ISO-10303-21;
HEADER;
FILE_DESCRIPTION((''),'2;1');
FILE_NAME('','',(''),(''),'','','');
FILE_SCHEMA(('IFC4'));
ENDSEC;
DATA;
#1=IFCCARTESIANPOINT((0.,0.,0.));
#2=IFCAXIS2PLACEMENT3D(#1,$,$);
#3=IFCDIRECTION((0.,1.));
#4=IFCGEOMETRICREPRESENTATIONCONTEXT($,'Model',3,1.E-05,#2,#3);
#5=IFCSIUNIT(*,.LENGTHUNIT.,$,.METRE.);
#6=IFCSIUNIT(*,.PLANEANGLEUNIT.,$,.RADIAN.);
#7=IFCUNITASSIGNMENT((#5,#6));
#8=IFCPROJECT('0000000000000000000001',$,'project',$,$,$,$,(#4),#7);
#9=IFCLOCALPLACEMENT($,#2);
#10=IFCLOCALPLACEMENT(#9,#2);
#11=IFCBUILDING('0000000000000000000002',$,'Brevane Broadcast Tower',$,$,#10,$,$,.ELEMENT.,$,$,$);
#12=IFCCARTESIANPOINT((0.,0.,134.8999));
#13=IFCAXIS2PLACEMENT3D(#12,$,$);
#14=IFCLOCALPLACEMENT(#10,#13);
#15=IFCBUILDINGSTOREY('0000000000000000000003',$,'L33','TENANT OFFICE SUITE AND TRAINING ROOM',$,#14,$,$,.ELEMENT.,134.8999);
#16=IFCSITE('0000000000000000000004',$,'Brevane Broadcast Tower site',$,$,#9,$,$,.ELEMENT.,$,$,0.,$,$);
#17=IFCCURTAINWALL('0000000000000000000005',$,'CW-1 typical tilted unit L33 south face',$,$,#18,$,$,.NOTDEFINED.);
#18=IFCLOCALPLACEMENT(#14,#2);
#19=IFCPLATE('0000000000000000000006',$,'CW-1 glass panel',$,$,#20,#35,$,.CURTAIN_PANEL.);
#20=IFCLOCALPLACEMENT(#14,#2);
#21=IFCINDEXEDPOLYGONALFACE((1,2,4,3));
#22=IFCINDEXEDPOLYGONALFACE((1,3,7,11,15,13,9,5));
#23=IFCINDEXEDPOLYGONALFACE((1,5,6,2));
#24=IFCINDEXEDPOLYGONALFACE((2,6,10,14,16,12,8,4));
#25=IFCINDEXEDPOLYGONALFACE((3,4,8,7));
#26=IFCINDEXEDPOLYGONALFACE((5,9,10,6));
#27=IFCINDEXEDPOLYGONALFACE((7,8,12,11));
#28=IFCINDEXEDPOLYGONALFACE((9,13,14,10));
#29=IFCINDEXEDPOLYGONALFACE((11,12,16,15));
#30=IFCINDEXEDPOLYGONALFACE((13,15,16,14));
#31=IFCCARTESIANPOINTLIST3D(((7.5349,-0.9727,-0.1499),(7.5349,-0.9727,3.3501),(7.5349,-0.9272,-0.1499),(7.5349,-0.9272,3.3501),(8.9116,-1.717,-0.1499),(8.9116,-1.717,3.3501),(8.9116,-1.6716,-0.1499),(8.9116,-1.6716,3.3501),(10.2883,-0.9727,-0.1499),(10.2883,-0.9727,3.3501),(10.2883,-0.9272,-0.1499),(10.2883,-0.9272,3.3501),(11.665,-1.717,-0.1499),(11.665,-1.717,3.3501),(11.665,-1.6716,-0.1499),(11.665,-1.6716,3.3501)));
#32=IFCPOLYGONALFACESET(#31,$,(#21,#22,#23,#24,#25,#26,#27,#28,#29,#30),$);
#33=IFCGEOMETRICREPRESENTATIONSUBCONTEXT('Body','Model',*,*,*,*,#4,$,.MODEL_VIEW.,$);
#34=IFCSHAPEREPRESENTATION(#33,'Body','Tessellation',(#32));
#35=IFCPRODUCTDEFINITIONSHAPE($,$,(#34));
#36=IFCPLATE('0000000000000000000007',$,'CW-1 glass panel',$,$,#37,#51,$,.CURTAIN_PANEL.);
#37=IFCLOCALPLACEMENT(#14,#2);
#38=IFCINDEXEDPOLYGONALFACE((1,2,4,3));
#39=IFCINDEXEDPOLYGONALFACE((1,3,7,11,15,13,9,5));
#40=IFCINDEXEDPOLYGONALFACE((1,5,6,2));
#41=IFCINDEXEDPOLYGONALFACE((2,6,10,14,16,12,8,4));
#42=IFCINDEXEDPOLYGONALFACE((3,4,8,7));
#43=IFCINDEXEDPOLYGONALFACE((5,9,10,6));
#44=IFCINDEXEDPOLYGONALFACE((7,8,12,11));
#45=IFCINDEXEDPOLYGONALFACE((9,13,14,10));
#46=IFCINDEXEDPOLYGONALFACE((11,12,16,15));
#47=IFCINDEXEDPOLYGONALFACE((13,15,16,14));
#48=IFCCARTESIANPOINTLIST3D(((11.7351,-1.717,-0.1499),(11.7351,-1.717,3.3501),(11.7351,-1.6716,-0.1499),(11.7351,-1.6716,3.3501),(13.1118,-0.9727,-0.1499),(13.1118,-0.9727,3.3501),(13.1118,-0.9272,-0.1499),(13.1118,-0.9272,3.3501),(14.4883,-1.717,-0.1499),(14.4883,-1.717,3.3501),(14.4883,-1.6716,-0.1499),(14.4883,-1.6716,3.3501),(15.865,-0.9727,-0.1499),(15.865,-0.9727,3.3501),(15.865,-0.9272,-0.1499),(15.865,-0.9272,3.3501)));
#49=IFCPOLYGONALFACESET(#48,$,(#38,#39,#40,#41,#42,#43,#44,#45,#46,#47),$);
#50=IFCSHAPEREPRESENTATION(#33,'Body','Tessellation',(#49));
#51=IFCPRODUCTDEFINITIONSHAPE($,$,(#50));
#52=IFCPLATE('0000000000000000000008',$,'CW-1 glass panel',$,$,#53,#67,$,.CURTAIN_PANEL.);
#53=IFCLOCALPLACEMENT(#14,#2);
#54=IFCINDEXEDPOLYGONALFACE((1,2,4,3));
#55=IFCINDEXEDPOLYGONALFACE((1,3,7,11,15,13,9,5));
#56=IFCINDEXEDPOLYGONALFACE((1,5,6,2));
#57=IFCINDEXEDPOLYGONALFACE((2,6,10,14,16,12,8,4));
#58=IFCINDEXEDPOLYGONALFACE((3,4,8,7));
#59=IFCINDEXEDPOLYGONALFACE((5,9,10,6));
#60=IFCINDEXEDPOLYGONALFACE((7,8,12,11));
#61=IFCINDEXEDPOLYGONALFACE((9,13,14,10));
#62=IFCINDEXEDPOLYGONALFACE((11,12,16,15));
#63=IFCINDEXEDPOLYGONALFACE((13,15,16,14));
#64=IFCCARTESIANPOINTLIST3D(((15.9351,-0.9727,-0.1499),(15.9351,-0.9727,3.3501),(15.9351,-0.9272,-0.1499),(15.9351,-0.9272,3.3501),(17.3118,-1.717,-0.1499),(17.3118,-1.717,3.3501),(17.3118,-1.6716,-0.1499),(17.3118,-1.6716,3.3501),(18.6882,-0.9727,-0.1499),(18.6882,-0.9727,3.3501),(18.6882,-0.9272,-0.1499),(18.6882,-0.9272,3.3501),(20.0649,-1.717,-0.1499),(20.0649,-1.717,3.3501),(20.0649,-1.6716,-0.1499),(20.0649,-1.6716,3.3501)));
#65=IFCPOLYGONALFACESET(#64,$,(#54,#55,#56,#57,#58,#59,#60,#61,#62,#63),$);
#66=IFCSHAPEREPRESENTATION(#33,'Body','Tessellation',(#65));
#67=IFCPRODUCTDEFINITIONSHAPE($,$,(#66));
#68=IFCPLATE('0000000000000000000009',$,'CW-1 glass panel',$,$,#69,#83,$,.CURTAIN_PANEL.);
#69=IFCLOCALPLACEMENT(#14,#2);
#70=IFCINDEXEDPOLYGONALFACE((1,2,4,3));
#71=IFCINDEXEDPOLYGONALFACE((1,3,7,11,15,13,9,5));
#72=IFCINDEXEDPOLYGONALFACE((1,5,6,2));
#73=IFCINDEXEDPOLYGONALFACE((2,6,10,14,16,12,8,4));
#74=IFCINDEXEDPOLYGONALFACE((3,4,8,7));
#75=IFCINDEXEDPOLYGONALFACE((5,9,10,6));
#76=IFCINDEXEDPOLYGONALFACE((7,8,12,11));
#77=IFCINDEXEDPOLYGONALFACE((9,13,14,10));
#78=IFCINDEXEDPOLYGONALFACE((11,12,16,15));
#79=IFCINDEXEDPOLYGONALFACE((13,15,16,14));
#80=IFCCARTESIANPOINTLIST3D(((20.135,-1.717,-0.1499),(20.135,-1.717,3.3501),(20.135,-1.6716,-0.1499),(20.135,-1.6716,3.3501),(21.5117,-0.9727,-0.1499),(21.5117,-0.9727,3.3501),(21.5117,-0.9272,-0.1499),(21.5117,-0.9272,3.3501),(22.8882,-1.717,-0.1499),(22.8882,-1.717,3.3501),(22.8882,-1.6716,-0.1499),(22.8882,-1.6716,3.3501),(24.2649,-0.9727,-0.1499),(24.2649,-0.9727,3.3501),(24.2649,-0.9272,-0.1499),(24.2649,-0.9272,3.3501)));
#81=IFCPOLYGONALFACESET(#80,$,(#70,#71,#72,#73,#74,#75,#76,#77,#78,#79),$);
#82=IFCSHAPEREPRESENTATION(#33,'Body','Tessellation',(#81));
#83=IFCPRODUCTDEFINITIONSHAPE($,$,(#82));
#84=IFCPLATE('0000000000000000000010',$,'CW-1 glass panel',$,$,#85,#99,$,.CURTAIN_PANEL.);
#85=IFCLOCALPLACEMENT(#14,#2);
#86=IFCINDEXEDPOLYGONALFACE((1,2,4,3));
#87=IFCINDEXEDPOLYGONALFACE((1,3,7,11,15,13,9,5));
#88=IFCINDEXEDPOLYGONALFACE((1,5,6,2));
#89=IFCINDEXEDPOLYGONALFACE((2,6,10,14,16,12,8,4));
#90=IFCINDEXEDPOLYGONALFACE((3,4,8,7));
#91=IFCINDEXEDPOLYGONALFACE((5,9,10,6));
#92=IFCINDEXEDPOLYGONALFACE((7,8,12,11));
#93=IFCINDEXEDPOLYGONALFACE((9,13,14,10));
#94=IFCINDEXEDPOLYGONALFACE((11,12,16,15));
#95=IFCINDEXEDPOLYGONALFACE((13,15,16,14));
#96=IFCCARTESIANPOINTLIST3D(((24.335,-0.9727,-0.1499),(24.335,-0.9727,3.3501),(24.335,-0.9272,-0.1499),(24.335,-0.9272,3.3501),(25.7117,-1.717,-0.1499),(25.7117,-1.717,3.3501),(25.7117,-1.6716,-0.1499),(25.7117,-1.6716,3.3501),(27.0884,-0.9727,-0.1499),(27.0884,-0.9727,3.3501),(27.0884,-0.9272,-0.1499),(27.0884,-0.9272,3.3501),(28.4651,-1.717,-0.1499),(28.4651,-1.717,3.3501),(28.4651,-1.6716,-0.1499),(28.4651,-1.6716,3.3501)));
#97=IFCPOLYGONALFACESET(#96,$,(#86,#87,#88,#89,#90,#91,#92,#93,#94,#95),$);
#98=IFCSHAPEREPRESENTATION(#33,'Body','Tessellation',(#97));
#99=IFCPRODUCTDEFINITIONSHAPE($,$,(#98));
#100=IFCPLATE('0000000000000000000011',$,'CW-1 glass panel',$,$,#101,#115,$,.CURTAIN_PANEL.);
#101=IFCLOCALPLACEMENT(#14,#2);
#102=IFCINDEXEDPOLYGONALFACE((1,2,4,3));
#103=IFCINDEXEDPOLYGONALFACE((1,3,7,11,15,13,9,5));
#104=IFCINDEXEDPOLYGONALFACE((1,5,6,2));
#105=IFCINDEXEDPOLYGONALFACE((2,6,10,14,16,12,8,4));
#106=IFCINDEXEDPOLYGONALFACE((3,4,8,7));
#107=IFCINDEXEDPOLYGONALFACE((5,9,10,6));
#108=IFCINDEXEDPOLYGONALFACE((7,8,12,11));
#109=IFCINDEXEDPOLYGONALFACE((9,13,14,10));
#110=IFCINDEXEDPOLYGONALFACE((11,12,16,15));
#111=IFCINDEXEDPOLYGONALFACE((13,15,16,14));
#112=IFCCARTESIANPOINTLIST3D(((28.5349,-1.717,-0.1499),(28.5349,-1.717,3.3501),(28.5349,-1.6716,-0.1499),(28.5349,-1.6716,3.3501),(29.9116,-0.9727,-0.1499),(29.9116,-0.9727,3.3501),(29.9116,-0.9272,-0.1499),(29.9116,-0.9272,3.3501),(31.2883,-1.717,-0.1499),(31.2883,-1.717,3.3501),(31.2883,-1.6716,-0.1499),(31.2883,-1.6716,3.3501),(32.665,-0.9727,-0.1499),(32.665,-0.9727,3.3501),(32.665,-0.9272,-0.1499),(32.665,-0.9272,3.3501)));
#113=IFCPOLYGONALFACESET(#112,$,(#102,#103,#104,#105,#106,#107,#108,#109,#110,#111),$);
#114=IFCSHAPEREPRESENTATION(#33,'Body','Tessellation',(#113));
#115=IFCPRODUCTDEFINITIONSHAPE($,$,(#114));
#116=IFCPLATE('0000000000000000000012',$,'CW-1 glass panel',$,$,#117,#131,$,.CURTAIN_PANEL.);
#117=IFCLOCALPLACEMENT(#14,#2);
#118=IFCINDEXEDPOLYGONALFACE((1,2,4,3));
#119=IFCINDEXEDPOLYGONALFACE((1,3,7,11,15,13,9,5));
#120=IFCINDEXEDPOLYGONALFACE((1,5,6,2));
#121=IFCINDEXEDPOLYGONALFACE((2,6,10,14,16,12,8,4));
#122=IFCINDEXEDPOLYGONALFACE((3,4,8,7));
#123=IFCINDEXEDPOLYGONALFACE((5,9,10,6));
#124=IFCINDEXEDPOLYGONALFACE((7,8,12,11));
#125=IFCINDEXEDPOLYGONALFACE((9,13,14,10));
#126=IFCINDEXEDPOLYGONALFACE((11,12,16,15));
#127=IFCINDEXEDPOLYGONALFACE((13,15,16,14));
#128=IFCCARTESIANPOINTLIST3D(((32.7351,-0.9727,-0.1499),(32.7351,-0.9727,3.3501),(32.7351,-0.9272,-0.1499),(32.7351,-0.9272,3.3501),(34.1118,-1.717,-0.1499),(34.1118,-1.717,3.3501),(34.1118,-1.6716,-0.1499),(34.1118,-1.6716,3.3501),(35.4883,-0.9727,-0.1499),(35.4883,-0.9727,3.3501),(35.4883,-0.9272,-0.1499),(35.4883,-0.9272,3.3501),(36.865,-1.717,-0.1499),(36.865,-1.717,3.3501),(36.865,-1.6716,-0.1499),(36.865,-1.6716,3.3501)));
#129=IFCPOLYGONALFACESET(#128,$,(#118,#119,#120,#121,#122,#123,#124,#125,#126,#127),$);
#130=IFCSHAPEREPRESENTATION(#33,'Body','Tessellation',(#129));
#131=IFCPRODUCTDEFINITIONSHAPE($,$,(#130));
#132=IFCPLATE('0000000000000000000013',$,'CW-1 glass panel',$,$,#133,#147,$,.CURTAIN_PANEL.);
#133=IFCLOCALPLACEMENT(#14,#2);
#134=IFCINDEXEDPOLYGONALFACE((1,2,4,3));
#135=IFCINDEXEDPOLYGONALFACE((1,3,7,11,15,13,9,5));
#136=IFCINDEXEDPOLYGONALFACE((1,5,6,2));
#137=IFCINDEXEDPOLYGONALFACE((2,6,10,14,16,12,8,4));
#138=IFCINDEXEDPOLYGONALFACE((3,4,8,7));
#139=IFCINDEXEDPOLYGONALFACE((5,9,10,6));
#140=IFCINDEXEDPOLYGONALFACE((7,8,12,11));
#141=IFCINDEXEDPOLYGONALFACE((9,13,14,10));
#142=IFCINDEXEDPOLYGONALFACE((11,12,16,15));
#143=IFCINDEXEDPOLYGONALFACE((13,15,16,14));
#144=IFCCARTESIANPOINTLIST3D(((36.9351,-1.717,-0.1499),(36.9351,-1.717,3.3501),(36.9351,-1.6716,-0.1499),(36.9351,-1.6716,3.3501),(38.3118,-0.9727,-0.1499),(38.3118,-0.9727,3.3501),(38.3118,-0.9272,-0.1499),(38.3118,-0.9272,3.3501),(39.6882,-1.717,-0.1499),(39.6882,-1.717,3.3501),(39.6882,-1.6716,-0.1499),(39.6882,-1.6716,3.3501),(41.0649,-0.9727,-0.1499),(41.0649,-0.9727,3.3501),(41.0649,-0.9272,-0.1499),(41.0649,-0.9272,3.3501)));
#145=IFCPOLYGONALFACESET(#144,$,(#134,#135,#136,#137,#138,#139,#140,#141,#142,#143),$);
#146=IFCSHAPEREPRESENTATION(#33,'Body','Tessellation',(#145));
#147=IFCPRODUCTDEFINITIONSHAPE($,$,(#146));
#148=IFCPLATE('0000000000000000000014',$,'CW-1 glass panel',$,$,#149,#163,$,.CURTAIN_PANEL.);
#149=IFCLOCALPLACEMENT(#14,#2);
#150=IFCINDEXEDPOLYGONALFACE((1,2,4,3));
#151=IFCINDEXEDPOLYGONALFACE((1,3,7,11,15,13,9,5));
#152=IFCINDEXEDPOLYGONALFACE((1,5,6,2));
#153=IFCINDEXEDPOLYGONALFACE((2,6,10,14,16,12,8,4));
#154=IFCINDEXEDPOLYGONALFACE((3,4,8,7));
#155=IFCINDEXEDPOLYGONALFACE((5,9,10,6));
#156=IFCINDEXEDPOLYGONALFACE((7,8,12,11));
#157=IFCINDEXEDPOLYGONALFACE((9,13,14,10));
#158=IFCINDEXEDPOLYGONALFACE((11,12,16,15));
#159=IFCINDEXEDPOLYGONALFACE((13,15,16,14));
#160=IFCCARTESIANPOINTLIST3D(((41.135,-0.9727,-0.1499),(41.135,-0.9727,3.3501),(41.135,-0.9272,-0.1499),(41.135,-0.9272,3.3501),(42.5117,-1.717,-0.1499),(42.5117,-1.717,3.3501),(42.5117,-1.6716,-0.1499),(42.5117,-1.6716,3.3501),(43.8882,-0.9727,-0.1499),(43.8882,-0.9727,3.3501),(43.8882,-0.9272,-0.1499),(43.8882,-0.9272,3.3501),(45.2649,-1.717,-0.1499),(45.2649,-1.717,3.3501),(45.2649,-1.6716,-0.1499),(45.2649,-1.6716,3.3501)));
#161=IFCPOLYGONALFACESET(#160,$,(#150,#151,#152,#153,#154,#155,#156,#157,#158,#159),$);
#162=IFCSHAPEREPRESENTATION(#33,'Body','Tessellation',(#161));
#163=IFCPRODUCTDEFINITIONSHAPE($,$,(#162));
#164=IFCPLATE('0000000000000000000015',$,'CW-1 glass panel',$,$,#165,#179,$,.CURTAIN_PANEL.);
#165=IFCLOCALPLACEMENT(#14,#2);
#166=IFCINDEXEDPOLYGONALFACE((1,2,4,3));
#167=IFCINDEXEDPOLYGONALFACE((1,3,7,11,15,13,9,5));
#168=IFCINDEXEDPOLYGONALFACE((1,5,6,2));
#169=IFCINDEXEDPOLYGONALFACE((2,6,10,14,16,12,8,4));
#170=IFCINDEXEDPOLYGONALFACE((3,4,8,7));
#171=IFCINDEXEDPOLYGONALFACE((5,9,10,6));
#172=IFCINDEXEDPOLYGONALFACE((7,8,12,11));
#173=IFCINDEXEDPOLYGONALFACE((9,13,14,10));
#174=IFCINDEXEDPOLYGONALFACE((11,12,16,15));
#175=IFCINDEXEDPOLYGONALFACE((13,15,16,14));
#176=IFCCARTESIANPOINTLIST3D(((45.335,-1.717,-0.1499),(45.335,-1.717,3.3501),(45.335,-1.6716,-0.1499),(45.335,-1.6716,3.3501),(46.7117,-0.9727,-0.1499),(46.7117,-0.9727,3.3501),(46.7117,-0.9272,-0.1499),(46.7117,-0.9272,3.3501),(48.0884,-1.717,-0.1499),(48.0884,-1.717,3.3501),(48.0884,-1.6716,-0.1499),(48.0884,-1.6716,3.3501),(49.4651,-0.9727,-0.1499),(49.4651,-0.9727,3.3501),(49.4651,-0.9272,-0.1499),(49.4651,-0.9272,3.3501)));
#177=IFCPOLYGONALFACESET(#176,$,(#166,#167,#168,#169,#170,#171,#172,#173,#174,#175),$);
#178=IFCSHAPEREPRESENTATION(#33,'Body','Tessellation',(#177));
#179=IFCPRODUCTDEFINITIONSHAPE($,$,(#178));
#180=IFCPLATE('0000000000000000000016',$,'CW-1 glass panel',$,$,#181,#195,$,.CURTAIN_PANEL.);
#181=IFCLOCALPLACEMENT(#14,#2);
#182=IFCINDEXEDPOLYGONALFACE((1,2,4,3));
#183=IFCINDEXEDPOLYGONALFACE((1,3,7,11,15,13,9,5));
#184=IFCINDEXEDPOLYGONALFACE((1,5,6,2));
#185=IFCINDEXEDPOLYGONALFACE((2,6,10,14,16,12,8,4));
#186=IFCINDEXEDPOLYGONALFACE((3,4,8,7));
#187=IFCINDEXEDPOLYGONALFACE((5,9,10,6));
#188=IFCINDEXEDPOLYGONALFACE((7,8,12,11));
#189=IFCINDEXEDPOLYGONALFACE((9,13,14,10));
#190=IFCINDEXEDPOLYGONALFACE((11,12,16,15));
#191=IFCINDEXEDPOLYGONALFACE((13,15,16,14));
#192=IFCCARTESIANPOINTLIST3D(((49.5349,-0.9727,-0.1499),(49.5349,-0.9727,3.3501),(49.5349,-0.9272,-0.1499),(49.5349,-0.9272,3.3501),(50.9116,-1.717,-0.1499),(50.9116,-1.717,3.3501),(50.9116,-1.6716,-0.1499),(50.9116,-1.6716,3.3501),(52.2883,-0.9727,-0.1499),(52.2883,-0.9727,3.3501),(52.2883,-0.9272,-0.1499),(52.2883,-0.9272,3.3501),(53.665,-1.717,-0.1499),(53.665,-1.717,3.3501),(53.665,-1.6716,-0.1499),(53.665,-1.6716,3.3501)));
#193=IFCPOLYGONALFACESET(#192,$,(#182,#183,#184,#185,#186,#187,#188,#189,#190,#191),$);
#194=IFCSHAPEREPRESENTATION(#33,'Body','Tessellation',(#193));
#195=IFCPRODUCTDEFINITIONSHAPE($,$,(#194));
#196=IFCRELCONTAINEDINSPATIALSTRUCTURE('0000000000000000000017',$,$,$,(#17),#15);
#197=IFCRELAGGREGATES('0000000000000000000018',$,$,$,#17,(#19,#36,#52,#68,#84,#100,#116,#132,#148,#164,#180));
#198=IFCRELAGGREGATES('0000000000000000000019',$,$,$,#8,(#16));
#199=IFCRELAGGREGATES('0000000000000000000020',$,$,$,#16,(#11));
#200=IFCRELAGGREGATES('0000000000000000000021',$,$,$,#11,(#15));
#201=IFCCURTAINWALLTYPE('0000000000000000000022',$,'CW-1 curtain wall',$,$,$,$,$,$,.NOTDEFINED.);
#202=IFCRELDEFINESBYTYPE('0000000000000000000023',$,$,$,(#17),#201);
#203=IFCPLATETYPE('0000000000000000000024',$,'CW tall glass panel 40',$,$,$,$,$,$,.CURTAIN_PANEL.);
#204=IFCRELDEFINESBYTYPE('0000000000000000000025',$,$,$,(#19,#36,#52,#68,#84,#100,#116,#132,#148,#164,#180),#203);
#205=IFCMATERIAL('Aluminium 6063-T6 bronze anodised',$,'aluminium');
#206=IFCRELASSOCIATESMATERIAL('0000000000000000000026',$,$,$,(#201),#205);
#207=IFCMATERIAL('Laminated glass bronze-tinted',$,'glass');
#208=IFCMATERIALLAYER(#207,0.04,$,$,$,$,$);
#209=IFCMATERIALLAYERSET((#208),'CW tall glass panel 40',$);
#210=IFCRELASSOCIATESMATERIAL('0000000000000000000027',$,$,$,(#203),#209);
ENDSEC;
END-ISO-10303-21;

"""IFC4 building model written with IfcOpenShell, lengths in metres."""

from ifc_helpers import new_model, si_unit, direction, frame, origin, place, context, subcontext, project, spatial, polyline, outline, extrude, material, layer, layer_set, type_object, element, aggregate, save


model = new_model("IFC4")

# Units and contexts
model_context = context("Model", 3, precision=1e-05, world=origin(), true_north=direction((0.0, 1.0)))
body_context = subcontext(model_context, "Body", "Model", "MODEL_VIEW")
ifc_project = project(units=[si_unit("LENGTHUNIT", "METRE"), si_unit("PLANEANGLEUNIT", "RADIAN")], contexts=[model_context])

# Site, building, storey
site_placement = place(None, origin())
site = spatial("IfcSite", under=ifc_project, at=site_placement, Name="Brevane Broadcast Tower site", CompositionType="ELEMENT", RefElevation=0.0)
building_placement = place(site_placement, origin())
building = spatial("IfcBuilding", under=site, at=building_placement, Name="Brevane Broadcast Tower", CompositionType="ELEMENT")
storey_placement = place(building_placement, frame((0.0, 0.0, 134.8999)))
storey = spatial("IfcBuildingStorey", under=building, at=storey_placement, Name="L33", Description="TENANT OFFICE SUITE AND TRAINING ROOM", CompositionType="ELEMENT", Elevation=134.8999)

# Curtain wall, plates
ifc_material_1 = material(Name="Aluminium 6063-T6 bronze anodised", Category="aluminium")
curtain_wall_type = type_object("IfcCurtainWallType", Name="CW-1 curtain wall", PredefinedType="NOTDEFINED", material=ifc_material_1)
curtain_wall_1_placement = place(storey_placement, origin())
curtain_wall_1 = element("IfcCurtainWall", 1, at=curtain_wall_1_placement, inside=storey, type_object=curtain_wall_type, Name="CW-1 typical tilted unit L33 south face", PredefinedType="NOTDEFINED")
ifc_material_2 = material(Name="Laminated glass bronze-tinted", Category="glass")
ifc_layer = layer(ifc_material_2, 0.04)
ifc_layer_set = layer_set([ifc_layer], Name="CW tall glass panel 40")
plate_type = type_object("IfcPlateType", Name="CW tall glass panel 40", PredefinedType="CURTAIN_PANEL", material=ifc_layer_set)
plate_1_placement = place(storey_placement, frame((0.0, 0.0, -0.1499)))
plate_1 = element("IfcPlate", 2, at=plate_1_placement, type_object=plate_type, Name="CW-1 glass panel", PredefinedType="CURTAIN_PANEL", context=body_context, shape_type="SweptSolid", body=[
    extrude(outline(polyline([(7.5349, -0.9272), (7.5349, -0.9727), (8.9116, -1.717), (10.2883, -0.9727), (11.665, -1.717), (11.665, -1.6716), (10.2883, -0.9272), (8.9116, -1.6716), (7.5349, -0.9272)])), origin(), (0.0, 0.0, 1.0), 3.5),
])
plate_2_placement = place(storey_placement, frame((0.0, 0.0, -0.1499)))
plate_2 = element("IfcPlate", 3, at=plate_2_placement, type_object=plate_type, Name="CW-1 glass panel", PredefinedType="CURTAIN_PANEL", context=body_context, shape_type="SweptSolid", body=[
    extrude(outline(polyline([(11.7351, -1.6716), (11.7351, -1.717), (13.1118, -0.9727), (14.4883, -1.717), (15.865, -0.9727), (15.865, -0.9272), (14.4883, -1.6716), (13.1118, -0.9272), (11.7351, -1.6716)])), origin(), (0.0, 0.0, 1.0), 3.5),
])
plate_3_placement = place(storey_placement, frame((0.0, 0.0, -0.1499)))
plate_3 = element("IfcPlate", 4, at=plate_3_placement, type_object=plate_type, Name="CW-1 glass panel", PredefinedType="CURTAIN_PANEL", context=body_context, shape_type="SweptSolid", body=[
    extrude(outline(polyline([(15.9351, -0.9272), (15.9351, -0.9727), (17.3118, -1.717), (18.6882, -0.9727), (20.0649, -1.717), (20.0649, -1.6716), (18.6882, -0.9272), (17.3118, -1.6716), (15.9351, -0.9272)])), origin(), (0.0, 0.0, 1.0), 3.5),
])
plate_4_placement = place(storey_placement, frame((0.0, 0.0, -0.1499)))
plate_4 = element("IfcPlate", 5, at=plate_4_placement, type_object=plate_type, Name="CW-1 glass panel", PredefinedType="CURTAIN_PANEL", context=body_context, shape_type="SweptSolid", body=[
    extrude(outline(polyline([(20.135, -1.6716), (20.135, -1.717), (21.5117, -0.9727), (22.8882, -1.717), (24.2649, -0.9727), (24.2649, -0.9272), (22.8882, -1.6716), (21.5117, -0.9272), (20.135, -1.6716)])), origin(), (0.0, 0.0, 1.0), 3.5),
])
plate_5_placement = place(storey_placement, frame((0.0, 0.0, -0.1499)))
plate_5 = element("IfcPlate", 6, at=plate_5_placement, type_object=plate_type, Name="CW-1 glass panel", PredefinedType="CURTAIN_PANEL", context=body_context, shape_type="SweptSolid", body=[
    extrude(outline(polyline([(24.335, -0.9272), (24.335, -0.9727), (25.7117, -1.717), (27.0884, -0.9727), (28.4651, -1.717), (28.4651, -1.6716), (27.0884, -0.9272), (25.7117, -1.6716), (24.335, -0.9272)])), origin(), (0.0, 0.0, 1.0), 3.5),
])
plate_6_placement = place(storey_placement, frame((0.0, 0.0, -0.1499)))
plate_6 = element("IfcPlate", 7, at=plate_6_placement, type_object=plate_type, Name="CW-1 glass panel", PredefinedType="CURTAIN_PANEL", context=body_context, shape_type="SweptSolid", body=[
    extrude(outline(polyline([(28.5349, -1.6716), (28.5349, -1.717), (29.9116, -0.9727), (31.2883, -1.717), (32.665, -0.9727), (32.665, -0.9272), (31.2883, -1.6716), (29.9116, -0.9272), (28.5349, -1.6716)])), origin(), (0.0, 0.0, 1.0), 3.5),
])
plate_7_placement = place(storey_placement, frame((0.0, 0.0, -0.1499)))
plate_7 = element("IfcPlate", 8, at=plate_7_placement, type_object=plate_type, Name="CW-1 glass panel", PredefinedType="CURTAIN_PANEL", context=body_context, shape_type="SweptSolid", body=[
    extrude(outline(polyline([(32.7351, -0.9272), (32.7351, -0.9727), (34.1118, -1.717), (35.4883, -0.9727), (36.865, -1.717), (36.865, -1.6716), (35.4883, -0.9272), (34.1118, -1.6716), (32.7351, -0.9272)])), origin(), (0.0, 0.0, 1.0), 3.5),
])
plate_8_placement = place(storey_placement, frame((0.0, 0.0, -0.1499)))
plate_8 = element("IfcPlate", 9, at=plate_8_placement, type_object=plate_type, Name="CW-1 glass panel", PredefinedType="CURTAIN_PANEL", context=body_context, shape_type="SweptSolid", body=[
    extrude(outline(polyline([(36.9351, -1.6716), (36.9351, -1.717), (38.3118, -0.9727), (39.6882, -1.717), (41.0649, -0.9727), (41.0649, -0.9272), (39.6882, -1.6716), (38.3118, -0.9272), (36.9351, -1.6716)])), origin(), (0.0, 0.0, 1.0), 3.5),
])
plate_9_placement = place(storey_placement, frame((0.0, 0.0, -0.1499)))
plate_9 = element("IfcPlate", 10, at=plate_9_placement, type_object=plate_type, Name="CW-1 glass panel", PredefinedType="CURTAIN_PANEL", context=body_context, shape_type="SweptSolid", body=[
    extrude(outline(polyline([(41.135, -0.9272), (41.135, -0.9727), (42.5117, -1.717), (43.8882, -0.9727), (45.2649, -1.717), (45.2649, -1.6716), (43.8882, -0.9272), (42.5117, -1.6716), (41.135, -0.9272)])), origin(), (0.0, 0.0, 1.0), 3.5),
])
plate_10_placement = place(storey_placement, frame((0.0, 0.0, -0.1499)))
plate_10 = element("IfcPlate", 11, at=plate_10_placement, type_object=plate_type, Name="CW-1 glass panel", PredefinedType="CURTAIN_PANEL", context=body_context, shape_type="SweptSolid", body=[
    extrude(outline(polyline([(45.335, -1.6716), (45.335, -1.717), (46.7117, -0.9727), (48.0884, -1.717), (49.4651, -0.9727), (49.4651, -0.9272), (48.0884, -1.6716), (46.7117, -0.9272), (45.335, -1.6716)])), origin(), (0.0, 0.0, 1.0), 3.5),
])
plate_11_placement = place(storey_placement, frame((0.0, 0.0, -0.1499)))
plate_11 = element("IfcPlate", 12, at=plate_11_placement, type_object=plate_type, Name="CW-1 glass panel", PredefinedType="CURTAIN_PANEL", context=body_context, shape_type="SweptSolid", body=[
    extrude(outline(polyline([(49.5349, -0.9272), (49.5349, -0.9727), (50.9116, -1.717), (52.2883, -0.9727), (53.665, -1.717), (53.665, -1.6716), (52.2883, -0.9272), (50.9116, -1.6716), (49.5349, -0.9272)])), origin(), (0.0, 0.0, 1.0), 3.5),
])
aggregate(curtain_wall_1, [plate_1, plate_2, plate_3, plate_4, plate_5, plate_6, plate_7, plate_8, plate_9, plate_10, plate_11])

save(model, "model.ifc")
